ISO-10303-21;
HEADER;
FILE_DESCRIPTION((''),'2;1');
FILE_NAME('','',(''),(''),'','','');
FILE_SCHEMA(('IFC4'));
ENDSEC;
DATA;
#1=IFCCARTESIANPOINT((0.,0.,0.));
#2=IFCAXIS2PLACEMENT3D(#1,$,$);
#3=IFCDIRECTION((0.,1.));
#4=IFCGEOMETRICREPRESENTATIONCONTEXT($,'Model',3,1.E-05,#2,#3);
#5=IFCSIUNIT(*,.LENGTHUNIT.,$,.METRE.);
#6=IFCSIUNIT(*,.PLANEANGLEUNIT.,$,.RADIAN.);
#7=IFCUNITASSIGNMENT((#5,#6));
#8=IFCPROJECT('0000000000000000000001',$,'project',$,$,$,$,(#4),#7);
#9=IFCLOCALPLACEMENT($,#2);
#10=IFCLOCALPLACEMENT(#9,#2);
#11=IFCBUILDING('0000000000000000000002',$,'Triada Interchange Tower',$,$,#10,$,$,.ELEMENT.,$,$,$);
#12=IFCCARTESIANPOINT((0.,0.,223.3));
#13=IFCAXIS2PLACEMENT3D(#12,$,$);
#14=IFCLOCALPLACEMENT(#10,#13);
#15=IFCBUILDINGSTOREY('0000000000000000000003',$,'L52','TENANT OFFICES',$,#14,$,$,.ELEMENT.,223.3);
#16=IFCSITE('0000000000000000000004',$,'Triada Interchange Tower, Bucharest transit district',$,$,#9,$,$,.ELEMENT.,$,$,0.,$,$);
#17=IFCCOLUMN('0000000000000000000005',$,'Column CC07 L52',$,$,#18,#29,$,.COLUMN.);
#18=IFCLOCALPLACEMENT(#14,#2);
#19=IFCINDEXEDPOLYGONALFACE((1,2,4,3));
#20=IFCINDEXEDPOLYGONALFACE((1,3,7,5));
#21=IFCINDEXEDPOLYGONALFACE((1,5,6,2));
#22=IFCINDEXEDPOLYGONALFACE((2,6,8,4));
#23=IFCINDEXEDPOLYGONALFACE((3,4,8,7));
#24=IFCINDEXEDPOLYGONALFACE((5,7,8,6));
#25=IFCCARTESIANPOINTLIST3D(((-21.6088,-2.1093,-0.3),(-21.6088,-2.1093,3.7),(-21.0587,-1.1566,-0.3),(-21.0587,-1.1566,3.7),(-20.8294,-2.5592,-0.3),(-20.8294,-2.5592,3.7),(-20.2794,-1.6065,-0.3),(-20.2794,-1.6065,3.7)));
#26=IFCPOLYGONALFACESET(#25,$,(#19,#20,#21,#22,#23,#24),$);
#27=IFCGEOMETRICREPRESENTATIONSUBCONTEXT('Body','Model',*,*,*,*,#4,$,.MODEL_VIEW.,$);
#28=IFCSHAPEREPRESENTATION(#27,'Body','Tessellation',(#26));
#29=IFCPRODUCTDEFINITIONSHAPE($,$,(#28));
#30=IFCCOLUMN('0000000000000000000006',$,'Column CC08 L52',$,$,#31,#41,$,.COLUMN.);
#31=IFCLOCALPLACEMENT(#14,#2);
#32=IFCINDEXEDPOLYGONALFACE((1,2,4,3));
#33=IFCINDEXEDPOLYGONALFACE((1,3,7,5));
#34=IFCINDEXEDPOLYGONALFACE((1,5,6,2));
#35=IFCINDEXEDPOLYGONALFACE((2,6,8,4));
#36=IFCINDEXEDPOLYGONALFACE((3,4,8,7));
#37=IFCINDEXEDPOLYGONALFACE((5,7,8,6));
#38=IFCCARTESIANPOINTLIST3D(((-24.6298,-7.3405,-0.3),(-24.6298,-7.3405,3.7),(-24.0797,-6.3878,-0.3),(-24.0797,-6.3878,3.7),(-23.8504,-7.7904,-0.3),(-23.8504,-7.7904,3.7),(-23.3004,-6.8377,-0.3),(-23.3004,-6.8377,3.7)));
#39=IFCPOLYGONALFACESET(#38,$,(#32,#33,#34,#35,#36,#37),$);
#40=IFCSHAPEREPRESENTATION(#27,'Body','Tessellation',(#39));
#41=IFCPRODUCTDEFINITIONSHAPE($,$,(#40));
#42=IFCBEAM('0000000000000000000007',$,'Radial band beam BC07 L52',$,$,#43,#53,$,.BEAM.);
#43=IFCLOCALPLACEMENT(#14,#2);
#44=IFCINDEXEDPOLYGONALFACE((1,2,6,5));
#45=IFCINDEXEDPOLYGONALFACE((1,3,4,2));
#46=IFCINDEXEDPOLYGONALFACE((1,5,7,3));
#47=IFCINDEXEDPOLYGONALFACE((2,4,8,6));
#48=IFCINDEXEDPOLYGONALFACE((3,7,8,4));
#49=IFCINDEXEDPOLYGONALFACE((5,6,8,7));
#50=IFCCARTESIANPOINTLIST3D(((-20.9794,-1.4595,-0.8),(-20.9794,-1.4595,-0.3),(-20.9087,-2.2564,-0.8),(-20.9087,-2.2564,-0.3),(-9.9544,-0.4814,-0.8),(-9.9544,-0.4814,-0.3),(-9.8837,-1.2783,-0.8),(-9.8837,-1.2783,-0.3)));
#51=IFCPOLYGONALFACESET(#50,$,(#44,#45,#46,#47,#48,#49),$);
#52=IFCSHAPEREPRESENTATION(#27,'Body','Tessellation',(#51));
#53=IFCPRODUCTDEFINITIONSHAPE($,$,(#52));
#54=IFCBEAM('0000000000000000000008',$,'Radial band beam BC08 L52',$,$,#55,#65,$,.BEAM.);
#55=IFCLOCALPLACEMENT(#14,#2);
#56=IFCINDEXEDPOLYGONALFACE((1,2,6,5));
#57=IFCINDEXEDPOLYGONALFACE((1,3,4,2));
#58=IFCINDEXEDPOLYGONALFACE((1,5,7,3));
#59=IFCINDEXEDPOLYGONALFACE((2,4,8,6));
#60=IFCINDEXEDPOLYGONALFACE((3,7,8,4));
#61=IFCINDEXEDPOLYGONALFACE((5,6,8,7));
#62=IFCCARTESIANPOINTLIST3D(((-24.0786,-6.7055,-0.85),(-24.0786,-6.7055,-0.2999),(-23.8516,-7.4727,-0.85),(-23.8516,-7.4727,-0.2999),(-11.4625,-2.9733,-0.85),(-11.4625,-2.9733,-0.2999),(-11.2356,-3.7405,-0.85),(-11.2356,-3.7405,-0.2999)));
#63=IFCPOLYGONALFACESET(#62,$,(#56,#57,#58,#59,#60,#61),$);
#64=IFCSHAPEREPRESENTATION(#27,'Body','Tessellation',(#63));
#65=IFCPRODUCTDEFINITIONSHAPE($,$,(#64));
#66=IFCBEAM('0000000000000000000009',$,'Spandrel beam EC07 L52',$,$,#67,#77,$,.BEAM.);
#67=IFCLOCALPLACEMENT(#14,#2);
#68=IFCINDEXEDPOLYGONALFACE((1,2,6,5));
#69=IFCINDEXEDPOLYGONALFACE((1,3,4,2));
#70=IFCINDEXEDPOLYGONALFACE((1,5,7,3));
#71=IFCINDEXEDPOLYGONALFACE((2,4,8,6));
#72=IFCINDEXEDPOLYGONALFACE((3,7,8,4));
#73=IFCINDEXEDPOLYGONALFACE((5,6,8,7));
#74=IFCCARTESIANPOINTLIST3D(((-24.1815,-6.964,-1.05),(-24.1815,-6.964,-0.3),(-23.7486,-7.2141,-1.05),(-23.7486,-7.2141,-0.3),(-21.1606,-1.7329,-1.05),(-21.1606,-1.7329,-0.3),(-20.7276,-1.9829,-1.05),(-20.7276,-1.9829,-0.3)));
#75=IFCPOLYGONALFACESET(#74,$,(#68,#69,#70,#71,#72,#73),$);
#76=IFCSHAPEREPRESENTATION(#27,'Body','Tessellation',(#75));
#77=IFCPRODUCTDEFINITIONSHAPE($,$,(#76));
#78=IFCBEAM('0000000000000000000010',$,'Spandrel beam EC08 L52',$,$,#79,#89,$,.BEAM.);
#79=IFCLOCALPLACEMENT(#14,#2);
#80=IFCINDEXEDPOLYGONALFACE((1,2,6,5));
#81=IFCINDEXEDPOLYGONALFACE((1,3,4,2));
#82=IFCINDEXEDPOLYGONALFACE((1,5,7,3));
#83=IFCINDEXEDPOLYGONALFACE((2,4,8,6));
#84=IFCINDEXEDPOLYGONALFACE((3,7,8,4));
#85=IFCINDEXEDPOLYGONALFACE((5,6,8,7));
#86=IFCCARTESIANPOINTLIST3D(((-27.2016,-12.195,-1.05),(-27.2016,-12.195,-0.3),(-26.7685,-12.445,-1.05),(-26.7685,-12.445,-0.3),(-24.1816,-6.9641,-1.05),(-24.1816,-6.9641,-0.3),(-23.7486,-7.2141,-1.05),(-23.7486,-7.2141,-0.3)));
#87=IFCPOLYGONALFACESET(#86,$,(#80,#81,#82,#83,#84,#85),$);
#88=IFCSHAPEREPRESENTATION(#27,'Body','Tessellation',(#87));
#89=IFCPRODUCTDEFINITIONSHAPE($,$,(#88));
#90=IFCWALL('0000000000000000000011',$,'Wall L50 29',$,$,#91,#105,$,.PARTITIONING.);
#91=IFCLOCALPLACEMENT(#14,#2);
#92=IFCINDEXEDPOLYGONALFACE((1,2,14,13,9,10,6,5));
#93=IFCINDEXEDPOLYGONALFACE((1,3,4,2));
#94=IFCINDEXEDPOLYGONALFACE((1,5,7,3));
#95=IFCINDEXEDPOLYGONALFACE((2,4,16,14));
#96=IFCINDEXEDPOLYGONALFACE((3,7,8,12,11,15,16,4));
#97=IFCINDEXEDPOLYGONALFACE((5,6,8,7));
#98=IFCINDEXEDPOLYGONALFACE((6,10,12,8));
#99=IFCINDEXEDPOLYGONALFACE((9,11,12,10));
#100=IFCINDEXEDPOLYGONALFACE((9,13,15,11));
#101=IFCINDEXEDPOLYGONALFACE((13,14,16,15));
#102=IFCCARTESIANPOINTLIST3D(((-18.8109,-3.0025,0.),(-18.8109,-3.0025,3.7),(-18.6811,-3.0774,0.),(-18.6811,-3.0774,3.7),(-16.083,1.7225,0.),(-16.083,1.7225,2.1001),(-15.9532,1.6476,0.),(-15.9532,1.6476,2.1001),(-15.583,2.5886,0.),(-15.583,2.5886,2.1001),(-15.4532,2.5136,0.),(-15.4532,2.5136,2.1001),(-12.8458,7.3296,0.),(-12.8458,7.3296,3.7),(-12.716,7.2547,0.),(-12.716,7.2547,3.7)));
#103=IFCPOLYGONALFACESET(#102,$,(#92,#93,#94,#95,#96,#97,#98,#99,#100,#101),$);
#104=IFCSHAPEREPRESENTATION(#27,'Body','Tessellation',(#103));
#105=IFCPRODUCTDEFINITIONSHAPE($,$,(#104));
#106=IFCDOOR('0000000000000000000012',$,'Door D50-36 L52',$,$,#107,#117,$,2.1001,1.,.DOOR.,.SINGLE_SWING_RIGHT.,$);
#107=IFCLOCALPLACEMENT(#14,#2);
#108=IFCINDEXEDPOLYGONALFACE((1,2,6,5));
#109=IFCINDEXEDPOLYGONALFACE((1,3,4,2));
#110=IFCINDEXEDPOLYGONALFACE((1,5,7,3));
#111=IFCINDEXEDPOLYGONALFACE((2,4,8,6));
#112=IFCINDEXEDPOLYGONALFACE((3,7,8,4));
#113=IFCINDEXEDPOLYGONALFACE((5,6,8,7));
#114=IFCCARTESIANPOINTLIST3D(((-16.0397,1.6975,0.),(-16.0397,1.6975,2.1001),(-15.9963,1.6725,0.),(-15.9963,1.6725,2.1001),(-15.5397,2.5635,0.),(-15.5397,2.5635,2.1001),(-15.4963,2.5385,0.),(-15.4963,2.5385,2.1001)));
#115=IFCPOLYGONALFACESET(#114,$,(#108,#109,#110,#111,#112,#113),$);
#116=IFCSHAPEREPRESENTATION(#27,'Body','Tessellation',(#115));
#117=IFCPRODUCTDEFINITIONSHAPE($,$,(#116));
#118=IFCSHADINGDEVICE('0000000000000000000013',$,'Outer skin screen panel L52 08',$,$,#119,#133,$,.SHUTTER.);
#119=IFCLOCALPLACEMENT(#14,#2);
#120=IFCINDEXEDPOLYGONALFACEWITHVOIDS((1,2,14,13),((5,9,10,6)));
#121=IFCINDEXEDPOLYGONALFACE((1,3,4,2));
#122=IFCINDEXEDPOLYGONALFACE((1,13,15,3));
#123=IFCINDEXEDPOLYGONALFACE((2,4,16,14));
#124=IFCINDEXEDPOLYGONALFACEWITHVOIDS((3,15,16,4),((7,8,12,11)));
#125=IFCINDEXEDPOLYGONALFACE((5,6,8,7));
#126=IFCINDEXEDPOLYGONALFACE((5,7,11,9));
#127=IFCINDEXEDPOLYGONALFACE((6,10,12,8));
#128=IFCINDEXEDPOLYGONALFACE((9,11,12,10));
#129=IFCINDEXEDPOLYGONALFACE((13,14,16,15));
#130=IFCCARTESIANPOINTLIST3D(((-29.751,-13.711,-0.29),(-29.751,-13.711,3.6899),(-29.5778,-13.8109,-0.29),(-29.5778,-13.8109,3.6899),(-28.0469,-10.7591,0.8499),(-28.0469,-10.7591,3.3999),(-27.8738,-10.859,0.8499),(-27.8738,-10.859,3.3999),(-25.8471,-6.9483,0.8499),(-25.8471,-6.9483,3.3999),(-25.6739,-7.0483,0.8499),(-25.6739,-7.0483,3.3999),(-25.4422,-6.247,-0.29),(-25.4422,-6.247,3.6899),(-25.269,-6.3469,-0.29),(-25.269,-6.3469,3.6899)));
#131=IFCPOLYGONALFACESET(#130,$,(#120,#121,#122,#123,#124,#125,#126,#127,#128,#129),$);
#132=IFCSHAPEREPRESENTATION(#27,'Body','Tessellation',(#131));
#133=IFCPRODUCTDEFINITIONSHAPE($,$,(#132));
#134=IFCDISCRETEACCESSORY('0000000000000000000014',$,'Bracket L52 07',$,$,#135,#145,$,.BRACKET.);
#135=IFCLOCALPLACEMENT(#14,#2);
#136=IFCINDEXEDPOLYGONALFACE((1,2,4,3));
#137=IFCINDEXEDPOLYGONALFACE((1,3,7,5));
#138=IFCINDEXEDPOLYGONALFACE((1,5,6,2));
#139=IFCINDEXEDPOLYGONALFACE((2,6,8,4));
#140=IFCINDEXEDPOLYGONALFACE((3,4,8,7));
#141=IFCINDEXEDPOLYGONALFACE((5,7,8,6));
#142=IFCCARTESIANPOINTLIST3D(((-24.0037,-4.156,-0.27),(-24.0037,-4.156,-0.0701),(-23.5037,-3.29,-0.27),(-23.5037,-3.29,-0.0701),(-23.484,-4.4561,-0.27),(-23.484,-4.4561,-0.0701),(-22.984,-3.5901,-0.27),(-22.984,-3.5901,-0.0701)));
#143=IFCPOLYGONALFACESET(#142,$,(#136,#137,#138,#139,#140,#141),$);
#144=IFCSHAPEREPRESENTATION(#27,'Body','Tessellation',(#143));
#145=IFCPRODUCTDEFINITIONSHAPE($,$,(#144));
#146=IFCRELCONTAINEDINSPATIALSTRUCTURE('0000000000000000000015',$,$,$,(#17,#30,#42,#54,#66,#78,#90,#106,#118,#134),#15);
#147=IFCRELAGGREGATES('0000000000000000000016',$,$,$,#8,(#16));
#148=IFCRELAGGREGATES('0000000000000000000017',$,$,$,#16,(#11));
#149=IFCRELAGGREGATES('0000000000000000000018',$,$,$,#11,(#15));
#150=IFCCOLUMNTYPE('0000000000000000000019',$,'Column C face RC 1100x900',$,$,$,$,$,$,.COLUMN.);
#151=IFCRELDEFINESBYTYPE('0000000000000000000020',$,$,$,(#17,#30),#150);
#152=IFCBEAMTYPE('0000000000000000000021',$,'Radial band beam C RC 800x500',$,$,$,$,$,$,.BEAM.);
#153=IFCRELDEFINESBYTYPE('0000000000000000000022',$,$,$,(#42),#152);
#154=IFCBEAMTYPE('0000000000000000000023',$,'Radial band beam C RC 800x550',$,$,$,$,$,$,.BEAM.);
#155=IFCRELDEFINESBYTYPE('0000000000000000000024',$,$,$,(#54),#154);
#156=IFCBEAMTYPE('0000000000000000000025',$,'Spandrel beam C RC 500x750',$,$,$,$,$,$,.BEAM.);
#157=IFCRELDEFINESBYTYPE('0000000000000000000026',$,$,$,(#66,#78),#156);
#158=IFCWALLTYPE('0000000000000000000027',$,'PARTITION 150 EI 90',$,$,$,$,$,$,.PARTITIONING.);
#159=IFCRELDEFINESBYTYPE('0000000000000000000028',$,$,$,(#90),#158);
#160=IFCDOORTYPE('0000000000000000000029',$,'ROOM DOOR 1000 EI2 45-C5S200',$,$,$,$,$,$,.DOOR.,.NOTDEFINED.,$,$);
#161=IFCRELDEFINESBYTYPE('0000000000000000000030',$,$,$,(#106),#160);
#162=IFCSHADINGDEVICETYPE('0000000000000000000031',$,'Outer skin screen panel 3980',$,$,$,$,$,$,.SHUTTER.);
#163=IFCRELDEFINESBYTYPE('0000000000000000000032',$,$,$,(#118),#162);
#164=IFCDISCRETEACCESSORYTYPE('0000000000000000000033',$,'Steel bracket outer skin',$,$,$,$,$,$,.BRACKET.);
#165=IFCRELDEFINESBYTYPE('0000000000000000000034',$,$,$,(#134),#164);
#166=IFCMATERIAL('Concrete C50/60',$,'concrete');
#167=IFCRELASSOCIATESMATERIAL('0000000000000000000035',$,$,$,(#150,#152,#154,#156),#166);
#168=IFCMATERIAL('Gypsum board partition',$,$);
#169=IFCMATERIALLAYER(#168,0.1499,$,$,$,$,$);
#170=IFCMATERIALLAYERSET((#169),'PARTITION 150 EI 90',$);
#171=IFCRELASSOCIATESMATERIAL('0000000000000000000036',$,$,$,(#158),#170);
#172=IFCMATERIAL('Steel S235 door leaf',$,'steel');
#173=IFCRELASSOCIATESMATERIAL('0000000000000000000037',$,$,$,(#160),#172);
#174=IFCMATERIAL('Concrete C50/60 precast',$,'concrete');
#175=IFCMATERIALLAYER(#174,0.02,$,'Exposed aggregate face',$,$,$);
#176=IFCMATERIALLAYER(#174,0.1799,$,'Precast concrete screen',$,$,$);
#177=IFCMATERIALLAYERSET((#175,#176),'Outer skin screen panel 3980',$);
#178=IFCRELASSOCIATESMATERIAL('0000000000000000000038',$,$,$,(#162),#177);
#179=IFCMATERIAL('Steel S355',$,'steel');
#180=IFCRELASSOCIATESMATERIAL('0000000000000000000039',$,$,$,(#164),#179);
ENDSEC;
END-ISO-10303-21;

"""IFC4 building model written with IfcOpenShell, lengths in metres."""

from ifc_helpers import new_model, si_unit, direction, frame, frame_2d, origin, origin_2d, place, context, subcontext, project, spatial, polyline, rectangle, outline, extrude, material, layer, layer_set, material_profile, profile_set, type_object, element, fill, save


model = new_model("IFC4")

# Units and contexts
model_context = context("Model", 3, precision=1e-05, world=origin(), true_north=direction((0.0, 1.0)))
body_context = subcontext(model_context, "Body", "Model", "MODEL_VIEW")
ifc_project = project(units=[si_unit("LENGTHUNIT", "METRE"), si_unit("PLANEANGLEUNIT", "RADIAN")], contexts=[model_context])

# Site, building, storey
site_placement = place(None, origin())
site = spatial("IfcSite", under=ifc_project, at=site_placement, Name="Triada Interchange Tower, Bucharest transit district", CompositionType="ELEMENT", RefElevation=0.0)
building_placement = place(site_placement, origin())
building = spatial("IfcBuilding", under=site, at=building_placement, Name="Triada Interchange Tower", CompositionType="ELEMENT")
storey_placement = place(building_placement, frame((0.0, 0.0, 223.3)))
storey = spatial("IfcBuildingStorey", under=building, at=storey_placement, Name="L52", Description="TENANT OFFICES", CompositionType="ELEMENT", Elevation=223.3)

# Columns
ifc_material_1 = material(Name="Concrete C50/60", Category="concrete")
ifc_material_profile_1 = material_profile(ifc_material_1, rectangle(XDim=1.1001, YDim=0.8999, at=origin_2d()), Name="RC 1100x900")
ifc_profile_set_1 = profile_set([ifc_material_profile_1], Name="Concrete C50/60")
column_type = type_object("IfcColumnType", Name="Column C face RC 1100x900", PredefinedType="COLUMN", material=ifc_profile_set_1)
for number, where, z_axis, x_axis, name in (
    (1, (-20.9441, -1.8579, -0.3), (0.0, 0.0, 1.0), (0.5, 0.866025, 0.0), "Column CC07 L52"),
    (2, (-23.9651, -7.0891, -0.3), (0.0, 0.0, 1.0), (0.5, 0.866025, 0.0), "Column CC08 L52"),
):
    element("IfcColumn", number, at=place(storey_placement, frame(where, z_axis=z_axis, x_axis=x_axis)), inside=storey, type_object=column_type, Name=name, PredefinedType="COLUMN", context=body_context, shape_type="SweptSolid", body=[
        extrude(rectangle(XDim=1.1001, YDim=0.8999, at=origin_2d()), origin(), (0.0, 0.0, 1.0), 4.0),
    ])

# Beams
ifc_material_profile_2 = material_profile(ifc_material_1, rectangle(XDim=0.8, YDim=0.5, at=origin_2d()), Name="RC 800x500")
ifc_profile_set_2 = profile_set([ifc_material_profile_2], Name="Concrete C50/60")
beam_type_1 = type_object("IfcBeamType", Name="Radial band beam C RC 800x500", PredefinedType="BEAM", material=ifc_profile_set_2)
beam_1_placement = place(storey_placement, frame((-20.9441, -1.8579, -0.55), z_axis=(0.996088, 0.088362, 0.0), x_axis=(-0.088362, 0.996088, 0.0)))
element("IfcBeam", 3, at=beam_1_placement, inside=storey, type_object=beam_type_1, Name="Radial band beam BC07 L52", PredefinedType="BEAM", context=body_context, shape_type="SweptSolid", body=[
    extrude(rectangle(XDim=0.8, YDim=0.5, at=origin_2d()), origin(), (0.0, 0.0, 1.0), 11.0684),
])
ifc_material_profile_3 = material_profile(ifc_material_1, rectangle(XDim=0.8, YDim=0.55, at=origin_2d()), Name="RC 800x550")
ifc_profile_set_3 = profile_set([ifc_material_profile_3], Name="Concrete C50/60")
beam_type_2 = type_object("IfcBeamType", Name="Radial band beam C RC 800x550", PredefinedType="BEAM", material=ifc_profile_set_3)
beam_2_placement = place(storey_placement, frame((-23.9651, -7.0891, -0.575), z_axis=(0.95892, 0.283677, 0.0), x_axis=(-0.283677, 0.95892, 0.0)))
element("IfcBeam", 4, at=beam_2_placement, inside=storey, type_object=beam_type_2, Name="Radial band beam BC08 L52", PredefinedType="BEAM", context=body_context, shape_type="SweptSolid", body=[
    extrude(rectangle(XDim=0.8, YDim=0.55, at=origin_2d()), origin(), (0.0, 0.0, 1.0), 13.1565),
])
ifc_material_profile_4 = material_profile(ifc_material_1, rectangle(XDim=0.5, YDim=0.75, at=origin_2d()), Name="RC 500x750")
ifc_profile_set_4 = profile_set([ifc_material_profile_4], Name="Concrete C50/60")
beam_type_3 = type_object("IfcBeamType", Name="Spandrel beam C RC 500x750", PredefinedType="BEAM", material=ifc_profile_set_4)
beam_3_placement = place(storey_placement, frame((-20.9441, -1.8579, -0.675), z_axis=(-0.500094, -0.865971, 0.0), x_axis=(0.865971, -0.500094, 0.0)))
element("IfcBeam", 5, at=beam_3_placement, inside=storey, type_object=beam_type_3, Name="Spandrel beam EC07 L52", PredefinedType="BEAM", context=body_context, shape_type="SweptSolid", body=[
    extrude(rectangle(XDim=0.5, YDim=0.75, at=origin_2d()), origin(), (0.0, 0.0, 1.0), 6.0408),
])
beam_4_placement = place(storey_placement, frame((-23.9651, -7.0891, -0.675), z_axis=(-0.499991, -0.866031, 0.0), x_axis=(0.866031, -0.499991, 0.0)))
element("IfcBeam", 6, at=beam_4_placement, inside=storey, type_object=beam_type_3, Name="Spandrel beam EC08 L52", PredefinedType="BEAM", context=body_context, shape_type="SweptSolid", body=[
    extrude(rectangle(XDim=0.5, YDim=0.75, at=origin_2d()), origin(), (0.0, 0.0, 1.0), 6.04),
])

# Wall, opening, door
ifc_material_2 = material(Name="Gypsum board partition")
ifc_layer_1 = layer(ifc_material_2, 0.1499)
ifc_layer_set_1 = layer_set([ifc_layer_1], Name="PARTITION 150 EI 90")
wall_type = type_object("IfcWallType", Name="PARTITION 150 EI 90", PredefinedType="PARTITIONING", material=ifc_layer_set_1)
wall_placement = place(storey_placement, frame((-18.7461, -3.04, 0.0), z_axis=(0.0, 0.0, 1.0), x_axis=(0.499993, 0.86603, 0.0)))
wall = element("IfcWall", 7, at=wall_placement, inside=storey, type_object=wall_type, Name="Wall L50 29", PredefinedType="PARTITIONING", context=body_context, shape_type="SweptSolid", body=[
    extrude(rectangle(XDim=11.9304, YDim=0.1499, at=frame_2d((5.9653, 0.0))), origin(), (0.0, 0.0, 1.0), 3.7),
])
opening_placement = place(wall_placement, frame((5.4561, 0.0, 0.0)))
opening = element("IfcOpeningElement", 8, at=opening_placement, cuts=wall, PredefinedType="OPENING", context=body_context, shape_type="SweptSolid", body=[
    extrude(rectangle(XDim=1.0, YDim=2.1001, at=frame_2d((0.5, 1.05))), frame((0.0, 0.085, 0.0), z_axis=(0.0, -1.0, 0.0), x_axis=(1.0, 0.0, 0.0)), (0.0, 0.0, 1.0), 0.1699),
])
ifc_material_3 = material(Name="Steel S235 door leaf", Category="steel")
door_type = type_object("IfcDoorType", Name="ROOM DOOR 1000 EI2 45-C5S200", OperationType="NOTDEFINED", PredefinedType="DOOR", material=ifc_material_3)
door_placement = place(opening_placement, origin())
door = element("IfcDoor", 9, at=door_placement, inside=storey, type_object=door_type, Name="Door D50-36 L52", OperationType="SINGLE_SWING_RIGHT", OverallHeight=2.1001, OverallWidth=1.0, PredefinedType="DOOR", context=body_context, shape_type="SweptSolid", body=[
    extrude(rectangle(XDim=1.0, YDim=2.1001, at=frame_2d((0.5, 1.05))), frame((0.0, 0.0249, 0.0), z_axis=(0.0, -1.0, 0.0), x_axis=(1.0, 0.0, 0.0)), (0.0, 0.0, 1.0), 0.05),
])
fill(opening, door)

# Shading device
ifc_material_4 = material(Name="Concrete C50/60 precast", Category="concrete")
ifc_layer_2 = layer(ifc_material_4, 0.02, Name="Exposed aggregate face")
ifc_layer_3 = layer(ifc_material_4, 0.1799, Name="Precast concrete screen")
ifc_layer_set_2 = layer_set([ifc_layer_2, ifc_layer_3], Name="Outer skin screen panel 3980")
shading_device_type = type_object("IfcShadingDeviceType", Name="Outer skin screen panel 3980", PredefinedType="SHUTTER", material=ifc_layer_set_2)
shading_device_placement = place(storey_placement, frame((-25.269, -6.3469, -0.29), z_axis=(0.0, 0.0, 1.0), x_axis=(-0.499951, -0.866054, 0.0)))
element("IfcShadingDevice", 10, at=shading_device_placement, inside=storey, type_object=shading_device_type, Name="Outer skin screen panel L52 08", PredefinedType="SHUTTER", context=body_context, shape_type="SweptSolid", body=[
    extrude(outline(polyline([(0.0, 0.0), (8.6184, 0.0), (8.6184, 3.98), (0.0, 3.98), (0.0, 0.0)]), holes=[polyline([(0.8098, 1.1399), (0.8098, 3.6899), (5.21, 3.6899), (5.21, 1.1399), (0.8098, 1.1399)])]), frame((0.0, 0.0, 0.0), z_axis=(0.0, -1.0, 0.0), x_axis=(1.0, 0.0, 0.0)), (0.0, 0.0, 1.0), 0.2),
])

# Discrete accessory
ifc_material_5 = material(Name="Steel S355", Category="steel")
discrete_accessory_type = type_object("IfcDiscreteAccessoryType", Name="Steel bracket outer skin", PredefinedType="BRACKET", material=ifc_material_5)
discrete_accessory_placement = place(storey_placement, frame((-23.4939, -3.873, -0.27), z_axis=(0.0, 0.0, 1.0), x_axis=(-0.866025, 0.500001, 0.0)))
element("IfcDiscreteAccessory", 11, at=discrete_accessory_placement, inside=storey, type_object=discrete_accessory_type, Name="Bracket L52 07", PredefinedType="BRACKET", context=body_context, shape_type="SweptSolid", body=[
    extrude(rectangle(XDim=0.6001, YDim=1.0, at=origin_2d()), origin(), (0.0, 0.0, 1.0), 0.2),
])

save(model, "model.ifc")
